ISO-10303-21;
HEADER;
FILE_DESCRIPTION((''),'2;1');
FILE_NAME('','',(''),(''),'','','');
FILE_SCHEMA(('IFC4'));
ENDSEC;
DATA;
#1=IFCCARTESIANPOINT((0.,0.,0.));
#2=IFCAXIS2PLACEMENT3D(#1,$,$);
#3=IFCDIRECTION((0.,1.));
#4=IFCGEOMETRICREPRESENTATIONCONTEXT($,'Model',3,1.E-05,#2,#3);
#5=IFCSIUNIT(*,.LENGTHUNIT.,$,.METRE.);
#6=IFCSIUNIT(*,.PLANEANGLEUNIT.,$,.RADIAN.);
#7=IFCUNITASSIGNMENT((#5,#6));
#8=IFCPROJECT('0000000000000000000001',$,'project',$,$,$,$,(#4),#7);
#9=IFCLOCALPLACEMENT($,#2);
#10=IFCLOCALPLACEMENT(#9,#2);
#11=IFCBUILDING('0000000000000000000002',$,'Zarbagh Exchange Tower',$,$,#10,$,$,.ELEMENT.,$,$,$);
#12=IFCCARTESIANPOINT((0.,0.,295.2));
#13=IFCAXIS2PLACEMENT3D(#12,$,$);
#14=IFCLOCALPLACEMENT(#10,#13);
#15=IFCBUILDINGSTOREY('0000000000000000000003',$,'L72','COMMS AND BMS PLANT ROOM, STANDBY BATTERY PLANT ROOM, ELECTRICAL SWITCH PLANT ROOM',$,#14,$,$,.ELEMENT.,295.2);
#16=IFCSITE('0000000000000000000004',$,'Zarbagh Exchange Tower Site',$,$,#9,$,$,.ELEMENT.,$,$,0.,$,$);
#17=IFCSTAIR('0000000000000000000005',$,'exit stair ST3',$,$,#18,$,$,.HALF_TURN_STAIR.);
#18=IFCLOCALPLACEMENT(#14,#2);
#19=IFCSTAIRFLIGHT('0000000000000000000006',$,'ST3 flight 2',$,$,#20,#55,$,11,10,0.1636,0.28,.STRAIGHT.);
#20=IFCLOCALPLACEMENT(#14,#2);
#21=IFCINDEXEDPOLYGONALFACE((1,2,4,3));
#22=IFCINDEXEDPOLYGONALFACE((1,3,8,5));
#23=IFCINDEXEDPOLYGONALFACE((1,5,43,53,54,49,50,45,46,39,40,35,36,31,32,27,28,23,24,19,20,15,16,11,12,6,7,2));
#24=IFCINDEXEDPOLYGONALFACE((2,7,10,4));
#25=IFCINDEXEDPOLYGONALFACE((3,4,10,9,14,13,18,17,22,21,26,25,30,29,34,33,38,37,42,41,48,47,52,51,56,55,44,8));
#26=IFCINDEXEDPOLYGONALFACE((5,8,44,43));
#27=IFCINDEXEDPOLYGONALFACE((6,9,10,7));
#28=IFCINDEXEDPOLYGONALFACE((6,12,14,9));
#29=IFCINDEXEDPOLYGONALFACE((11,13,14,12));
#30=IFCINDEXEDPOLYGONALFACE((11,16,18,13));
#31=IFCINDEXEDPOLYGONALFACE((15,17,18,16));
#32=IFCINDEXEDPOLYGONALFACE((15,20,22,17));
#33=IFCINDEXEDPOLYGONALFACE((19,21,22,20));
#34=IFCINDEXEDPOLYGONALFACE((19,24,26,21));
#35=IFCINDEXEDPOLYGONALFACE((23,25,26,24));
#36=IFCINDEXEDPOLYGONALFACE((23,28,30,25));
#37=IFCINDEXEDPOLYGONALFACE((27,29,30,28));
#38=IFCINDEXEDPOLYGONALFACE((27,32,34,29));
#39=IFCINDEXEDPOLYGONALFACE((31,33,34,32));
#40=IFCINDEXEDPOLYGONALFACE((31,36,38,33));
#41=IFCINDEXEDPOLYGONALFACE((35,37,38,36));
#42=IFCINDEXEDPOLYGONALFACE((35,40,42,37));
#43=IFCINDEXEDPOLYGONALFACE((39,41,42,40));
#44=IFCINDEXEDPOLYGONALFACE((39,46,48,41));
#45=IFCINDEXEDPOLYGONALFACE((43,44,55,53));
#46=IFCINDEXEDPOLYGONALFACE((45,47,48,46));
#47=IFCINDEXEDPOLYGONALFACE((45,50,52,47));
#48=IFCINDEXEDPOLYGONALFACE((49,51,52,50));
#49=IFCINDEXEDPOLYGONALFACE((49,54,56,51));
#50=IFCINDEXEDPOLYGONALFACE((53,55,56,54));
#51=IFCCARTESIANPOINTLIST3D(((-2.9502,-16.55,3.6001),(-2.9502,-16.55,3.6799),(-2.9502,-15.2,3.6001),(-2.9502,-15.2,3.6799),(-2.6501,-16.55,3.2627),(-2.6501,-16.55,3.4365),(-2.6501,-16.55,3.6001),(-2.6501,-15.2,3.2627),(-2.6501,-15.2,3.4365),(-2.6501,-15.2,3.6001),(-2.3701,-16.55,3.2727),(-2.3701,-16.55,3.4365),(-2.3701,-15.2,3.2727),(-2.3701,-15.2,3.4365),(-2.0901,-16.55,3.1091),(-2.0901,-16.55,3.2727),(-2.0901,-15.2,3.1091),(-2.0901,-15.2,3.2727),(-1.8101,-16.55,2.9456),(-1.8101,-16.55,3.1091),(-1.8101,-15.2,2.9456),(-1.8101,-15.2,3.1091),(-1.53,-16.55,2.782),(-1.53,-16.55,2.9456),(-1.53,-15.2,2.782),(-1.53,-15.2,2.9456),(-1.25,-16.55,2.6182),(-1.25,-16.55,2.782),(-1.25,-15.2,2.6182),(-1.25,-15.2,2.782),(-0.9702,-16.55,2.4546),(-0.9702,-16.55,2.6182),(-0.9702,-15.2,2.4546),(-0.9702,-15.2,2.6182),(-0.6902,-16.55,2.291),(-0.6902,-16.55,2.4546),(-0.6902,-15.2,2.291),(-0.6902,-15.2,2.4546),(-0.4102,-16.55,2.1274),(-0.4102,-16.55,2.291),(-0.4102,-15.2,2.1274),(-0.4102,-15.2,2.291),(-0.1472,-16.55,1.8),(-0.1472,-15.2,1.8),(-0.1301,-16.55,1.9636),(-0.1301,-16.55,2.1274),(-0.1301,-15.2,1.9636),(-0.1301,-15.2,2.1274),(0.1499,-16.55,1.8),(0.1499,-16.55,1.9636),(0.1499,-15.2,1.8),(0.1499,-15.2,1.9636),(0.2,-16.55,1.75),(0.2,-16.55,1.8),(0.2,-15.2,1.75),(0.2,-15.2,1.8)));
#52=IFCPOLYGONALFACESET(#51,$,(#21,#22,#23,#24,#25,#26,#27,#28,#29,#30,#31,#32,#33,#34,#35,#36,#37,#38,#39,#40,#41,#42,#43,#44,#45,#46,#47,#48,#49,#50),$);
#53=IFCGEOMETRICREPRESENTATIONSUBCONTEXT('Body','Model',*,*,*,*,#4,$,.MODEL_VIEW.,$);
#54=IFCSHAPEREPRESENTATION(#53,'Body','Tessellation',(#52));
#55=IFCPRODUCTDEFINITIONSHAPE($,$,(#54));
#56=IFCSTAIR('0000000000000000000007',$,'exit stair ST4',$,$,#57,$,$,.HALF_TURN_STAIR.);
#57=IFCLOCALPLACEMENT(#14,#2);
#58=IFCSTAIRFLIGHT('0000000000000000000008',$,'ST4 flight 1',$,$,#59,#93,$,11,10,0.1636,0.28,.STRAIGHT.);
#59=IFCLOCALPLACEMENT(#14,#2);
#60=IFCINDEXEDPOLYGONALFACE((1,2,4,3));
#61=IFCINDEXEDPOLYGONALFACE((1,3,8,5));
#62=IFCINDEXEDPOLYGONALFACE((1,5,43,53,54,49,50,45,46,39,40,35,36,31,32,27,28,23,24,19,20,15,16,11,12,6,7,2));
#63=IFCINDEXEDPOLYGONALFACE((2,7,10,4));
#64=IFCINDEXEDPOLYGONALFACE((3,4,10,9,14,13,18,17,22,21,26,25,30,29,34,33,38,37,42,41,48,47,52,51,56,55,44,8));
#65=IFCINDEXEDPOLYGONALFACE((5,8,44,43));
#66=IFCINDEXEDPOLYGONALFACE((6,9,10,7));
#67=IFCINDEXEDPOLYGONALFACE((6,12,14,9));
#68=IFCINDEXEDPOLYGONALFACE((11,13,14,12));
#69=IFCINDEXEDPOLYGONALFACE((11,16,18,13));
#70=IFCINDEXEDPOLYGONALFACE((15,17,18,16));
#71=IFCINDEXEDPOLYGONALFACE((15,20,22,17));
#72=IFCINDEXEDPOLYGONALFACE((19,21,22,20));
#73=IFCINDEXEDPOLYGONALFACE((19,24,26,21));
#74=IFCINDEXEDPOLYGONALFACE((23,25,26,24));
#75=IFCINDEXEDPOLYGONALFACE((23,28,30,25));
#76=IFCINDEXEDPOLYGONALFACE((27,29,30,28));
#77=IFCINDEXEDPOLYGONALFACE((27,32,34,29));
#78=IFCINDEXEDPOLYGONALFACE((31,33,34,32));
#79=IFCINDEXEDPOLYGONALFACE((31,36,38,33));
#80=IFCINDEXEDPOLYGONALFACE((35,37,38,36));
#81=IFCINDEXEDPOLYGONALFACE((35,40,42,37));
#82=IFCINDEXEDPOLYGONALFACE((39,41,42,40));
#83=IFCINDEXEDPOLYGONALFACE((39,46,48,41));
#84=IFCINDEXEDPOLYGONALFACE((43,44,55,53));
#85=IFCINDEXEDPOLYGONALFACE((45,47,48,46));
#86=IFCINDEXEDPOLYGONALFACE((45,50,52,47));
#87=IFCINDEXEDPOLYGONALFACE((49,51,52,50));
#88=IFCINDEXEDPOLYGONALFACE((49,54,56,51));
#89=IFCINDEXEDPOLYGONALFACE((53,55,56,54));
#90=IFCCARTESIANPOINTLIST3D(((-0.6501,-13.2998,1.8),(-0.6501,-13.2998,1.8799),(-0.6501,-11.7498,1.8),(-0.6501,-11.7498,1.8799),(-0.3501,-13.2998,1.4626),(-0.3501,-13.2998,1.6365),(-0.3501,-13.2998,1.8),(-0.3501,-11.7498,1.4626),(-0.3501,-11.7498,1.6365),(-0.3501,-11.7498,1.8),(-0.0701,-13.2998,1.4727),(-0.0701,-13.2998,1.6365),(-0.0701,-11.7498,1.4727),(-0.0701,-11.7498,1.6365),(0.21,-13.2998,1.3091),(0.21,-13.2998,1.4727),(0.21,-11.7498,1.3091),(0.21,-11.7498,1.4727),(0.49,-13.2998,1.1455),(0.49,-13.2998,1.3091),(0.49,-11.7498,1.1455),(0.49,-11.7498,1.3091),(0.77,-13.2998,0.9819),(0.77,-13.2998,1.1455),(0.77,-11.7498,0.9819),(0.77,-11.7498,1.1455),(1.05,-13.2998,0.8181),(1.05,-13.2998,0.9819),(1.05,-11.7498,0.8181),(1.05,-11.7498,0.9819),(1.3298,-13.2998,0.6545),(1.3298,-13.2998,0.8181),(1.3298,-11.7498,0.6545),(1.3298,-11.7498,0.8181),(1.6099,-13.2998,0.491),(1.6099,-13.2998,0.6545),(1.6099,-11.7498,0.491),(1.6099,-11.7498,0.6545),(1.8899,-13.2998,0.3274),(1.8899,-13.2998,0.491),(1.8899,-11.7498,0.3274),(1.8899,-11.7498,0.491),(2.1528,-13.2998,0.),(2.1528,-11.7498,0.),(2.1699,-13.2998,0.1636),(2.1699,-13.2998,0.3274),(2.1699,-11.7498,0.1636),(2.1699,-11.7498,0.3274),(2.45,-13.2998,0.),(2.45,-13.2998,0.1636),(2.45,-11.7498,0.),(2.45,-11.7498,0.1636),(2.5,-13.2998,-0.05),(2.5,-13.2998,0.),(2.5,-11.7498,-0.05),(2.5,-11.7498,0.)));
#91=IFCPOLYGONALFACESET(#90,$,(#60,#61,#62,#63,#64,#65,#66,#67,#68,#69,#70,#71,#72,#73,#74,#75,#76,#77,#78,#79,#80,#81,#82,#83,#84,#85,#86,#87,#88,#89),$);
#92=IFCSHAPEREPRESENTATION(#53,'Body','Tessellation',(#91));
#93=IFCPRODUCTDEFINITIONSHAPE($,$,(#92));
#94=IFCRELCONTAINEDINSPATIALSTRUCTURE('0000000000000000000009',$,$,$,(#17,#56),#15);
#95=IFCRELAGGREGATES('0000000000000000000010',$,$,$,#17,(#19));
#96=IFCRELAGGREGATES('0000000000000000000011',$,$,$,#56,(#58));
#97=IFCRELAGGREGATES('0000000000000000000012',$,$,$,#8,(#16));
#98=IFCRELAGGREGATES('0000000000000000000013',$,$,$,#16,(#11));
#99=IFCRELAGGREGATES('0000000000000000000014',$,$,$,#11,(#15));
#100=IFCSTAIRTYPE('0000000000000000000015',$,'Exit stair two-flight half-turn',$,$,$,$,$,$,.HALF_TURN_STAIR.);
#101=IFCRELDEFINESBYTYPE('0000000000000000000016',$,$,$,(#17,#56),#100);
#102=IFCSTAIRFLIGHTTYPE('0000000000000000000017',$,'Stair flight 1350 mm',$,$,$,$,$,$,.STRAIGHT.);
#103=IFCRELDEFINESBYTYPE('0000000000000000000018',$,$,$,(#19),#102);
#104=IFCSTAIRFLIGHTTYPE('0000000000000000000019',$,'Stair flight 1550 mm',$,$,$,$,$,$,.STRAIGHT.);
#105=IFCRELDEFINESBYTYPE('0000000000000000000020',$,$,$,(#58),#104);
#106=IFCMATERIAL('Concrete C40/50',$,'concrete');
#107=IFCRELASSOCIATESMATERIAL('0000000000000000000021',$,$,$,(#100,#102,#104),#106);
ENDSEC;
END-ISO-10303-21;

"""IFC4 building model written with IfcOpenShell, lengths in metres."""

from ifc_helpers import new_model, si_unit, direction, frame, origin, place, context, subcontext, project, spatial, polyline, outline, extrude, material, type_object, element, aggregate, save


model = new_model("IFC4")

# Units and contexts
model_context = context("Model", 3, precision=1e-05, world=origin(), true_north=direction((0.0, 1.0)))
body_context = subcontext(model_context, "Body", "Model", "MODEL_VIEW")
ifc_project = project(units=[si_unit("LENGTHUNIT", "METRE"), si_unit("PLANEANGLEUNIT", "RADIAN")], contexts=[model_context])

# Site, building, storey
site_placement = place(None, origin())
site = spatial("IfcSite", under=ifc_project, at=site_placement, Name="Zarbagh Exchange Tower Site", CompositionType="ELEMENT", RefElevation=0.0)
building_placement = place(site_placement, origin())
building = spatial("IfcBuilding", under=site, at=building_placement, Name="Zarbagh Exchange Tower", CompositionType="ELEMENT")
storey_placement = place(building_placement, frame((0.0, 0.0, 295.2)))
storey = spatial("IfcBuildingStorey", under=building, at=storey_placement, Name="L72", Description="COMMS AND BMS PLANT ROOM, STANDBY BATTERY PLANT ROOM, ELECTRICAL SWITCH PLANT ROOM", CompositionType="ELEMENT", Elevation=295.2)

# Shared definitions
ifc_material_1 = material(Name="Concrete C40/50", Category="concrete")

# Stairs, stair flights
stair_type = type_object("IfcStairType", Name="Exit stair two-flight half-turn", PredefinedType="HALF_TURN_STAIR", material=ifc_material_1)
stair_1_placement = place(storey_placement, origin())
stair_1 = element("IfcStair", 1, at=stair_1_placement, inside=storey, type_object=stair_type, Name="exit stair ST3", PredefinedType="HALF_TURN_STAIR")
stair_flight_type_1 = type_object("IfcStairFlightType", Name="Stair flight 1350 mm", PredefinedType="STRAIGHT", material=ifc_material_1)
stair_flight_1_placement = place(storey_placement, frame((0.1499, -15.875, 1.8), z_axis=(0.0, 0.0, 1.0), x_axis=(-1.0, 0.0, 0.0)))
stair_flight_1 = element("IfcStairFlight", 2, at=stair_flight_1_placement, type_object=stair_flight_type_1, Name="ST3 flight 2", NumberOfRisers=11, NumberOfTreads=10, PredefinedType="STRAIGHT", RiserHeight=0.1636, TreadLength=0.28, context=body_context, shape_type="SweptSolid", body=[
    extrude(outline(polyline([(-0.05, -0.05), (-0.05, 0.0), (0.0, 0.0), (0.0, 0.1636), (0.28, 0.1636), (0.28, 0.3274), (0.5601, 0.3274), (0.5601, 0.491), (0.8401, 0.491), (0.8401, 0.6545), (1.1201, 0.6545), (1.1201, 0.8181), (1.3999, 0.8181), (1.3999, 0.9819), (1.6799, 0.9819), (1.6799, 1.1455), (1.96, 1.1455), (1.96, 1.3091), (2.24, 1.3091), (2.24, 1.4727), (2.52, 1.4727), (2.52, 1.6365), (2.8, 1.6365), (2.8, 1.8), (3.1001, 1.8799), (3.1001, 1.8), (2.8, 1.4626), (0.2971, 0.0), (-0.05, -0.05)])), frame((0.0, 0.675, 0.0), z_axis=(0.0, -1.0, 0.0), x_axis=(1.0, 0.0, 0.0)), (0.0, 0.0, 1.0), 1.3501),
])
aggregate(stair_1, [stair_flight_1])
stair_2_placement = place(storey_placement, origin())
stair_2 = element("IfcStair", 3, at=stair_2_placement, inside=storey, type_object=stair_type, Name="exit stair ST4", PredefinedType="HALF_TURN_STAIR")
stair_flight_type_2 = type_object("IfcStairFlightType", Name="Stair flight 1550 mm", PredefinedType="STRAIGHT", material=ifc_material_1)
stair_flight_2_placement = place(storey_placement, frame((2.45, -12.5249, 0.0), z_axis=(0.0, 0.0, 1.0), x_axis=(-1.0, 0.0, 0.0)))
stair_flight_2 = element("IfcStairFlight", 4, at=stair_flight_2_placement, type_object=stair_flight_type_2, Name="ST4 flight 1", NumberOfRisers=11, NumberOfTreads=10, PredefinedType="STRAIGHT", RiserHeight=0.1636, TreadLength=0.28, context=body_context, shape_type="SweptSolid", body=[
    extrude(outline(polyline([(-0.05, -0.05), (-0.05, 0.0), (0.0, 0.0), (0.0, 0.1636), (0.28, 0.1636), (0.28, 0.3274), (0.5601, 0.3274), (0.5601, 0.491), (0.8401, 0.491), (0.8401, 0.6545), (1.1201, 0.6545), (1.1201, 0.8181), (1.3999, 0.8181), (1.3999, 0.9819), (1.6799, 0.9819), (1.6799, 1.1455), (1.96, 1.1455), (1.96, 1.3091), (2.24, 1.3091), (2.24, 1.4727), (2.52, 1.4727), (2.52, 1.6365), (2.8, 1.6365), (2.8, 1.8), (3.1001, 1.8799), (3.1001, 1.8), (2.8, 1.4626), (0.2971, 0.0), (-0.05, -0.05)])), frame((0.0, 0.7749, 0.0), z_axis=(0.0, -1.0, 0.0), x_axis=(1.0, 0.0, 0.0)), (0.0, 0.0, 1.0), 1.55),
])
aggregate(stair_2, [stair_flight_2])

save(model, "model.ifc")
